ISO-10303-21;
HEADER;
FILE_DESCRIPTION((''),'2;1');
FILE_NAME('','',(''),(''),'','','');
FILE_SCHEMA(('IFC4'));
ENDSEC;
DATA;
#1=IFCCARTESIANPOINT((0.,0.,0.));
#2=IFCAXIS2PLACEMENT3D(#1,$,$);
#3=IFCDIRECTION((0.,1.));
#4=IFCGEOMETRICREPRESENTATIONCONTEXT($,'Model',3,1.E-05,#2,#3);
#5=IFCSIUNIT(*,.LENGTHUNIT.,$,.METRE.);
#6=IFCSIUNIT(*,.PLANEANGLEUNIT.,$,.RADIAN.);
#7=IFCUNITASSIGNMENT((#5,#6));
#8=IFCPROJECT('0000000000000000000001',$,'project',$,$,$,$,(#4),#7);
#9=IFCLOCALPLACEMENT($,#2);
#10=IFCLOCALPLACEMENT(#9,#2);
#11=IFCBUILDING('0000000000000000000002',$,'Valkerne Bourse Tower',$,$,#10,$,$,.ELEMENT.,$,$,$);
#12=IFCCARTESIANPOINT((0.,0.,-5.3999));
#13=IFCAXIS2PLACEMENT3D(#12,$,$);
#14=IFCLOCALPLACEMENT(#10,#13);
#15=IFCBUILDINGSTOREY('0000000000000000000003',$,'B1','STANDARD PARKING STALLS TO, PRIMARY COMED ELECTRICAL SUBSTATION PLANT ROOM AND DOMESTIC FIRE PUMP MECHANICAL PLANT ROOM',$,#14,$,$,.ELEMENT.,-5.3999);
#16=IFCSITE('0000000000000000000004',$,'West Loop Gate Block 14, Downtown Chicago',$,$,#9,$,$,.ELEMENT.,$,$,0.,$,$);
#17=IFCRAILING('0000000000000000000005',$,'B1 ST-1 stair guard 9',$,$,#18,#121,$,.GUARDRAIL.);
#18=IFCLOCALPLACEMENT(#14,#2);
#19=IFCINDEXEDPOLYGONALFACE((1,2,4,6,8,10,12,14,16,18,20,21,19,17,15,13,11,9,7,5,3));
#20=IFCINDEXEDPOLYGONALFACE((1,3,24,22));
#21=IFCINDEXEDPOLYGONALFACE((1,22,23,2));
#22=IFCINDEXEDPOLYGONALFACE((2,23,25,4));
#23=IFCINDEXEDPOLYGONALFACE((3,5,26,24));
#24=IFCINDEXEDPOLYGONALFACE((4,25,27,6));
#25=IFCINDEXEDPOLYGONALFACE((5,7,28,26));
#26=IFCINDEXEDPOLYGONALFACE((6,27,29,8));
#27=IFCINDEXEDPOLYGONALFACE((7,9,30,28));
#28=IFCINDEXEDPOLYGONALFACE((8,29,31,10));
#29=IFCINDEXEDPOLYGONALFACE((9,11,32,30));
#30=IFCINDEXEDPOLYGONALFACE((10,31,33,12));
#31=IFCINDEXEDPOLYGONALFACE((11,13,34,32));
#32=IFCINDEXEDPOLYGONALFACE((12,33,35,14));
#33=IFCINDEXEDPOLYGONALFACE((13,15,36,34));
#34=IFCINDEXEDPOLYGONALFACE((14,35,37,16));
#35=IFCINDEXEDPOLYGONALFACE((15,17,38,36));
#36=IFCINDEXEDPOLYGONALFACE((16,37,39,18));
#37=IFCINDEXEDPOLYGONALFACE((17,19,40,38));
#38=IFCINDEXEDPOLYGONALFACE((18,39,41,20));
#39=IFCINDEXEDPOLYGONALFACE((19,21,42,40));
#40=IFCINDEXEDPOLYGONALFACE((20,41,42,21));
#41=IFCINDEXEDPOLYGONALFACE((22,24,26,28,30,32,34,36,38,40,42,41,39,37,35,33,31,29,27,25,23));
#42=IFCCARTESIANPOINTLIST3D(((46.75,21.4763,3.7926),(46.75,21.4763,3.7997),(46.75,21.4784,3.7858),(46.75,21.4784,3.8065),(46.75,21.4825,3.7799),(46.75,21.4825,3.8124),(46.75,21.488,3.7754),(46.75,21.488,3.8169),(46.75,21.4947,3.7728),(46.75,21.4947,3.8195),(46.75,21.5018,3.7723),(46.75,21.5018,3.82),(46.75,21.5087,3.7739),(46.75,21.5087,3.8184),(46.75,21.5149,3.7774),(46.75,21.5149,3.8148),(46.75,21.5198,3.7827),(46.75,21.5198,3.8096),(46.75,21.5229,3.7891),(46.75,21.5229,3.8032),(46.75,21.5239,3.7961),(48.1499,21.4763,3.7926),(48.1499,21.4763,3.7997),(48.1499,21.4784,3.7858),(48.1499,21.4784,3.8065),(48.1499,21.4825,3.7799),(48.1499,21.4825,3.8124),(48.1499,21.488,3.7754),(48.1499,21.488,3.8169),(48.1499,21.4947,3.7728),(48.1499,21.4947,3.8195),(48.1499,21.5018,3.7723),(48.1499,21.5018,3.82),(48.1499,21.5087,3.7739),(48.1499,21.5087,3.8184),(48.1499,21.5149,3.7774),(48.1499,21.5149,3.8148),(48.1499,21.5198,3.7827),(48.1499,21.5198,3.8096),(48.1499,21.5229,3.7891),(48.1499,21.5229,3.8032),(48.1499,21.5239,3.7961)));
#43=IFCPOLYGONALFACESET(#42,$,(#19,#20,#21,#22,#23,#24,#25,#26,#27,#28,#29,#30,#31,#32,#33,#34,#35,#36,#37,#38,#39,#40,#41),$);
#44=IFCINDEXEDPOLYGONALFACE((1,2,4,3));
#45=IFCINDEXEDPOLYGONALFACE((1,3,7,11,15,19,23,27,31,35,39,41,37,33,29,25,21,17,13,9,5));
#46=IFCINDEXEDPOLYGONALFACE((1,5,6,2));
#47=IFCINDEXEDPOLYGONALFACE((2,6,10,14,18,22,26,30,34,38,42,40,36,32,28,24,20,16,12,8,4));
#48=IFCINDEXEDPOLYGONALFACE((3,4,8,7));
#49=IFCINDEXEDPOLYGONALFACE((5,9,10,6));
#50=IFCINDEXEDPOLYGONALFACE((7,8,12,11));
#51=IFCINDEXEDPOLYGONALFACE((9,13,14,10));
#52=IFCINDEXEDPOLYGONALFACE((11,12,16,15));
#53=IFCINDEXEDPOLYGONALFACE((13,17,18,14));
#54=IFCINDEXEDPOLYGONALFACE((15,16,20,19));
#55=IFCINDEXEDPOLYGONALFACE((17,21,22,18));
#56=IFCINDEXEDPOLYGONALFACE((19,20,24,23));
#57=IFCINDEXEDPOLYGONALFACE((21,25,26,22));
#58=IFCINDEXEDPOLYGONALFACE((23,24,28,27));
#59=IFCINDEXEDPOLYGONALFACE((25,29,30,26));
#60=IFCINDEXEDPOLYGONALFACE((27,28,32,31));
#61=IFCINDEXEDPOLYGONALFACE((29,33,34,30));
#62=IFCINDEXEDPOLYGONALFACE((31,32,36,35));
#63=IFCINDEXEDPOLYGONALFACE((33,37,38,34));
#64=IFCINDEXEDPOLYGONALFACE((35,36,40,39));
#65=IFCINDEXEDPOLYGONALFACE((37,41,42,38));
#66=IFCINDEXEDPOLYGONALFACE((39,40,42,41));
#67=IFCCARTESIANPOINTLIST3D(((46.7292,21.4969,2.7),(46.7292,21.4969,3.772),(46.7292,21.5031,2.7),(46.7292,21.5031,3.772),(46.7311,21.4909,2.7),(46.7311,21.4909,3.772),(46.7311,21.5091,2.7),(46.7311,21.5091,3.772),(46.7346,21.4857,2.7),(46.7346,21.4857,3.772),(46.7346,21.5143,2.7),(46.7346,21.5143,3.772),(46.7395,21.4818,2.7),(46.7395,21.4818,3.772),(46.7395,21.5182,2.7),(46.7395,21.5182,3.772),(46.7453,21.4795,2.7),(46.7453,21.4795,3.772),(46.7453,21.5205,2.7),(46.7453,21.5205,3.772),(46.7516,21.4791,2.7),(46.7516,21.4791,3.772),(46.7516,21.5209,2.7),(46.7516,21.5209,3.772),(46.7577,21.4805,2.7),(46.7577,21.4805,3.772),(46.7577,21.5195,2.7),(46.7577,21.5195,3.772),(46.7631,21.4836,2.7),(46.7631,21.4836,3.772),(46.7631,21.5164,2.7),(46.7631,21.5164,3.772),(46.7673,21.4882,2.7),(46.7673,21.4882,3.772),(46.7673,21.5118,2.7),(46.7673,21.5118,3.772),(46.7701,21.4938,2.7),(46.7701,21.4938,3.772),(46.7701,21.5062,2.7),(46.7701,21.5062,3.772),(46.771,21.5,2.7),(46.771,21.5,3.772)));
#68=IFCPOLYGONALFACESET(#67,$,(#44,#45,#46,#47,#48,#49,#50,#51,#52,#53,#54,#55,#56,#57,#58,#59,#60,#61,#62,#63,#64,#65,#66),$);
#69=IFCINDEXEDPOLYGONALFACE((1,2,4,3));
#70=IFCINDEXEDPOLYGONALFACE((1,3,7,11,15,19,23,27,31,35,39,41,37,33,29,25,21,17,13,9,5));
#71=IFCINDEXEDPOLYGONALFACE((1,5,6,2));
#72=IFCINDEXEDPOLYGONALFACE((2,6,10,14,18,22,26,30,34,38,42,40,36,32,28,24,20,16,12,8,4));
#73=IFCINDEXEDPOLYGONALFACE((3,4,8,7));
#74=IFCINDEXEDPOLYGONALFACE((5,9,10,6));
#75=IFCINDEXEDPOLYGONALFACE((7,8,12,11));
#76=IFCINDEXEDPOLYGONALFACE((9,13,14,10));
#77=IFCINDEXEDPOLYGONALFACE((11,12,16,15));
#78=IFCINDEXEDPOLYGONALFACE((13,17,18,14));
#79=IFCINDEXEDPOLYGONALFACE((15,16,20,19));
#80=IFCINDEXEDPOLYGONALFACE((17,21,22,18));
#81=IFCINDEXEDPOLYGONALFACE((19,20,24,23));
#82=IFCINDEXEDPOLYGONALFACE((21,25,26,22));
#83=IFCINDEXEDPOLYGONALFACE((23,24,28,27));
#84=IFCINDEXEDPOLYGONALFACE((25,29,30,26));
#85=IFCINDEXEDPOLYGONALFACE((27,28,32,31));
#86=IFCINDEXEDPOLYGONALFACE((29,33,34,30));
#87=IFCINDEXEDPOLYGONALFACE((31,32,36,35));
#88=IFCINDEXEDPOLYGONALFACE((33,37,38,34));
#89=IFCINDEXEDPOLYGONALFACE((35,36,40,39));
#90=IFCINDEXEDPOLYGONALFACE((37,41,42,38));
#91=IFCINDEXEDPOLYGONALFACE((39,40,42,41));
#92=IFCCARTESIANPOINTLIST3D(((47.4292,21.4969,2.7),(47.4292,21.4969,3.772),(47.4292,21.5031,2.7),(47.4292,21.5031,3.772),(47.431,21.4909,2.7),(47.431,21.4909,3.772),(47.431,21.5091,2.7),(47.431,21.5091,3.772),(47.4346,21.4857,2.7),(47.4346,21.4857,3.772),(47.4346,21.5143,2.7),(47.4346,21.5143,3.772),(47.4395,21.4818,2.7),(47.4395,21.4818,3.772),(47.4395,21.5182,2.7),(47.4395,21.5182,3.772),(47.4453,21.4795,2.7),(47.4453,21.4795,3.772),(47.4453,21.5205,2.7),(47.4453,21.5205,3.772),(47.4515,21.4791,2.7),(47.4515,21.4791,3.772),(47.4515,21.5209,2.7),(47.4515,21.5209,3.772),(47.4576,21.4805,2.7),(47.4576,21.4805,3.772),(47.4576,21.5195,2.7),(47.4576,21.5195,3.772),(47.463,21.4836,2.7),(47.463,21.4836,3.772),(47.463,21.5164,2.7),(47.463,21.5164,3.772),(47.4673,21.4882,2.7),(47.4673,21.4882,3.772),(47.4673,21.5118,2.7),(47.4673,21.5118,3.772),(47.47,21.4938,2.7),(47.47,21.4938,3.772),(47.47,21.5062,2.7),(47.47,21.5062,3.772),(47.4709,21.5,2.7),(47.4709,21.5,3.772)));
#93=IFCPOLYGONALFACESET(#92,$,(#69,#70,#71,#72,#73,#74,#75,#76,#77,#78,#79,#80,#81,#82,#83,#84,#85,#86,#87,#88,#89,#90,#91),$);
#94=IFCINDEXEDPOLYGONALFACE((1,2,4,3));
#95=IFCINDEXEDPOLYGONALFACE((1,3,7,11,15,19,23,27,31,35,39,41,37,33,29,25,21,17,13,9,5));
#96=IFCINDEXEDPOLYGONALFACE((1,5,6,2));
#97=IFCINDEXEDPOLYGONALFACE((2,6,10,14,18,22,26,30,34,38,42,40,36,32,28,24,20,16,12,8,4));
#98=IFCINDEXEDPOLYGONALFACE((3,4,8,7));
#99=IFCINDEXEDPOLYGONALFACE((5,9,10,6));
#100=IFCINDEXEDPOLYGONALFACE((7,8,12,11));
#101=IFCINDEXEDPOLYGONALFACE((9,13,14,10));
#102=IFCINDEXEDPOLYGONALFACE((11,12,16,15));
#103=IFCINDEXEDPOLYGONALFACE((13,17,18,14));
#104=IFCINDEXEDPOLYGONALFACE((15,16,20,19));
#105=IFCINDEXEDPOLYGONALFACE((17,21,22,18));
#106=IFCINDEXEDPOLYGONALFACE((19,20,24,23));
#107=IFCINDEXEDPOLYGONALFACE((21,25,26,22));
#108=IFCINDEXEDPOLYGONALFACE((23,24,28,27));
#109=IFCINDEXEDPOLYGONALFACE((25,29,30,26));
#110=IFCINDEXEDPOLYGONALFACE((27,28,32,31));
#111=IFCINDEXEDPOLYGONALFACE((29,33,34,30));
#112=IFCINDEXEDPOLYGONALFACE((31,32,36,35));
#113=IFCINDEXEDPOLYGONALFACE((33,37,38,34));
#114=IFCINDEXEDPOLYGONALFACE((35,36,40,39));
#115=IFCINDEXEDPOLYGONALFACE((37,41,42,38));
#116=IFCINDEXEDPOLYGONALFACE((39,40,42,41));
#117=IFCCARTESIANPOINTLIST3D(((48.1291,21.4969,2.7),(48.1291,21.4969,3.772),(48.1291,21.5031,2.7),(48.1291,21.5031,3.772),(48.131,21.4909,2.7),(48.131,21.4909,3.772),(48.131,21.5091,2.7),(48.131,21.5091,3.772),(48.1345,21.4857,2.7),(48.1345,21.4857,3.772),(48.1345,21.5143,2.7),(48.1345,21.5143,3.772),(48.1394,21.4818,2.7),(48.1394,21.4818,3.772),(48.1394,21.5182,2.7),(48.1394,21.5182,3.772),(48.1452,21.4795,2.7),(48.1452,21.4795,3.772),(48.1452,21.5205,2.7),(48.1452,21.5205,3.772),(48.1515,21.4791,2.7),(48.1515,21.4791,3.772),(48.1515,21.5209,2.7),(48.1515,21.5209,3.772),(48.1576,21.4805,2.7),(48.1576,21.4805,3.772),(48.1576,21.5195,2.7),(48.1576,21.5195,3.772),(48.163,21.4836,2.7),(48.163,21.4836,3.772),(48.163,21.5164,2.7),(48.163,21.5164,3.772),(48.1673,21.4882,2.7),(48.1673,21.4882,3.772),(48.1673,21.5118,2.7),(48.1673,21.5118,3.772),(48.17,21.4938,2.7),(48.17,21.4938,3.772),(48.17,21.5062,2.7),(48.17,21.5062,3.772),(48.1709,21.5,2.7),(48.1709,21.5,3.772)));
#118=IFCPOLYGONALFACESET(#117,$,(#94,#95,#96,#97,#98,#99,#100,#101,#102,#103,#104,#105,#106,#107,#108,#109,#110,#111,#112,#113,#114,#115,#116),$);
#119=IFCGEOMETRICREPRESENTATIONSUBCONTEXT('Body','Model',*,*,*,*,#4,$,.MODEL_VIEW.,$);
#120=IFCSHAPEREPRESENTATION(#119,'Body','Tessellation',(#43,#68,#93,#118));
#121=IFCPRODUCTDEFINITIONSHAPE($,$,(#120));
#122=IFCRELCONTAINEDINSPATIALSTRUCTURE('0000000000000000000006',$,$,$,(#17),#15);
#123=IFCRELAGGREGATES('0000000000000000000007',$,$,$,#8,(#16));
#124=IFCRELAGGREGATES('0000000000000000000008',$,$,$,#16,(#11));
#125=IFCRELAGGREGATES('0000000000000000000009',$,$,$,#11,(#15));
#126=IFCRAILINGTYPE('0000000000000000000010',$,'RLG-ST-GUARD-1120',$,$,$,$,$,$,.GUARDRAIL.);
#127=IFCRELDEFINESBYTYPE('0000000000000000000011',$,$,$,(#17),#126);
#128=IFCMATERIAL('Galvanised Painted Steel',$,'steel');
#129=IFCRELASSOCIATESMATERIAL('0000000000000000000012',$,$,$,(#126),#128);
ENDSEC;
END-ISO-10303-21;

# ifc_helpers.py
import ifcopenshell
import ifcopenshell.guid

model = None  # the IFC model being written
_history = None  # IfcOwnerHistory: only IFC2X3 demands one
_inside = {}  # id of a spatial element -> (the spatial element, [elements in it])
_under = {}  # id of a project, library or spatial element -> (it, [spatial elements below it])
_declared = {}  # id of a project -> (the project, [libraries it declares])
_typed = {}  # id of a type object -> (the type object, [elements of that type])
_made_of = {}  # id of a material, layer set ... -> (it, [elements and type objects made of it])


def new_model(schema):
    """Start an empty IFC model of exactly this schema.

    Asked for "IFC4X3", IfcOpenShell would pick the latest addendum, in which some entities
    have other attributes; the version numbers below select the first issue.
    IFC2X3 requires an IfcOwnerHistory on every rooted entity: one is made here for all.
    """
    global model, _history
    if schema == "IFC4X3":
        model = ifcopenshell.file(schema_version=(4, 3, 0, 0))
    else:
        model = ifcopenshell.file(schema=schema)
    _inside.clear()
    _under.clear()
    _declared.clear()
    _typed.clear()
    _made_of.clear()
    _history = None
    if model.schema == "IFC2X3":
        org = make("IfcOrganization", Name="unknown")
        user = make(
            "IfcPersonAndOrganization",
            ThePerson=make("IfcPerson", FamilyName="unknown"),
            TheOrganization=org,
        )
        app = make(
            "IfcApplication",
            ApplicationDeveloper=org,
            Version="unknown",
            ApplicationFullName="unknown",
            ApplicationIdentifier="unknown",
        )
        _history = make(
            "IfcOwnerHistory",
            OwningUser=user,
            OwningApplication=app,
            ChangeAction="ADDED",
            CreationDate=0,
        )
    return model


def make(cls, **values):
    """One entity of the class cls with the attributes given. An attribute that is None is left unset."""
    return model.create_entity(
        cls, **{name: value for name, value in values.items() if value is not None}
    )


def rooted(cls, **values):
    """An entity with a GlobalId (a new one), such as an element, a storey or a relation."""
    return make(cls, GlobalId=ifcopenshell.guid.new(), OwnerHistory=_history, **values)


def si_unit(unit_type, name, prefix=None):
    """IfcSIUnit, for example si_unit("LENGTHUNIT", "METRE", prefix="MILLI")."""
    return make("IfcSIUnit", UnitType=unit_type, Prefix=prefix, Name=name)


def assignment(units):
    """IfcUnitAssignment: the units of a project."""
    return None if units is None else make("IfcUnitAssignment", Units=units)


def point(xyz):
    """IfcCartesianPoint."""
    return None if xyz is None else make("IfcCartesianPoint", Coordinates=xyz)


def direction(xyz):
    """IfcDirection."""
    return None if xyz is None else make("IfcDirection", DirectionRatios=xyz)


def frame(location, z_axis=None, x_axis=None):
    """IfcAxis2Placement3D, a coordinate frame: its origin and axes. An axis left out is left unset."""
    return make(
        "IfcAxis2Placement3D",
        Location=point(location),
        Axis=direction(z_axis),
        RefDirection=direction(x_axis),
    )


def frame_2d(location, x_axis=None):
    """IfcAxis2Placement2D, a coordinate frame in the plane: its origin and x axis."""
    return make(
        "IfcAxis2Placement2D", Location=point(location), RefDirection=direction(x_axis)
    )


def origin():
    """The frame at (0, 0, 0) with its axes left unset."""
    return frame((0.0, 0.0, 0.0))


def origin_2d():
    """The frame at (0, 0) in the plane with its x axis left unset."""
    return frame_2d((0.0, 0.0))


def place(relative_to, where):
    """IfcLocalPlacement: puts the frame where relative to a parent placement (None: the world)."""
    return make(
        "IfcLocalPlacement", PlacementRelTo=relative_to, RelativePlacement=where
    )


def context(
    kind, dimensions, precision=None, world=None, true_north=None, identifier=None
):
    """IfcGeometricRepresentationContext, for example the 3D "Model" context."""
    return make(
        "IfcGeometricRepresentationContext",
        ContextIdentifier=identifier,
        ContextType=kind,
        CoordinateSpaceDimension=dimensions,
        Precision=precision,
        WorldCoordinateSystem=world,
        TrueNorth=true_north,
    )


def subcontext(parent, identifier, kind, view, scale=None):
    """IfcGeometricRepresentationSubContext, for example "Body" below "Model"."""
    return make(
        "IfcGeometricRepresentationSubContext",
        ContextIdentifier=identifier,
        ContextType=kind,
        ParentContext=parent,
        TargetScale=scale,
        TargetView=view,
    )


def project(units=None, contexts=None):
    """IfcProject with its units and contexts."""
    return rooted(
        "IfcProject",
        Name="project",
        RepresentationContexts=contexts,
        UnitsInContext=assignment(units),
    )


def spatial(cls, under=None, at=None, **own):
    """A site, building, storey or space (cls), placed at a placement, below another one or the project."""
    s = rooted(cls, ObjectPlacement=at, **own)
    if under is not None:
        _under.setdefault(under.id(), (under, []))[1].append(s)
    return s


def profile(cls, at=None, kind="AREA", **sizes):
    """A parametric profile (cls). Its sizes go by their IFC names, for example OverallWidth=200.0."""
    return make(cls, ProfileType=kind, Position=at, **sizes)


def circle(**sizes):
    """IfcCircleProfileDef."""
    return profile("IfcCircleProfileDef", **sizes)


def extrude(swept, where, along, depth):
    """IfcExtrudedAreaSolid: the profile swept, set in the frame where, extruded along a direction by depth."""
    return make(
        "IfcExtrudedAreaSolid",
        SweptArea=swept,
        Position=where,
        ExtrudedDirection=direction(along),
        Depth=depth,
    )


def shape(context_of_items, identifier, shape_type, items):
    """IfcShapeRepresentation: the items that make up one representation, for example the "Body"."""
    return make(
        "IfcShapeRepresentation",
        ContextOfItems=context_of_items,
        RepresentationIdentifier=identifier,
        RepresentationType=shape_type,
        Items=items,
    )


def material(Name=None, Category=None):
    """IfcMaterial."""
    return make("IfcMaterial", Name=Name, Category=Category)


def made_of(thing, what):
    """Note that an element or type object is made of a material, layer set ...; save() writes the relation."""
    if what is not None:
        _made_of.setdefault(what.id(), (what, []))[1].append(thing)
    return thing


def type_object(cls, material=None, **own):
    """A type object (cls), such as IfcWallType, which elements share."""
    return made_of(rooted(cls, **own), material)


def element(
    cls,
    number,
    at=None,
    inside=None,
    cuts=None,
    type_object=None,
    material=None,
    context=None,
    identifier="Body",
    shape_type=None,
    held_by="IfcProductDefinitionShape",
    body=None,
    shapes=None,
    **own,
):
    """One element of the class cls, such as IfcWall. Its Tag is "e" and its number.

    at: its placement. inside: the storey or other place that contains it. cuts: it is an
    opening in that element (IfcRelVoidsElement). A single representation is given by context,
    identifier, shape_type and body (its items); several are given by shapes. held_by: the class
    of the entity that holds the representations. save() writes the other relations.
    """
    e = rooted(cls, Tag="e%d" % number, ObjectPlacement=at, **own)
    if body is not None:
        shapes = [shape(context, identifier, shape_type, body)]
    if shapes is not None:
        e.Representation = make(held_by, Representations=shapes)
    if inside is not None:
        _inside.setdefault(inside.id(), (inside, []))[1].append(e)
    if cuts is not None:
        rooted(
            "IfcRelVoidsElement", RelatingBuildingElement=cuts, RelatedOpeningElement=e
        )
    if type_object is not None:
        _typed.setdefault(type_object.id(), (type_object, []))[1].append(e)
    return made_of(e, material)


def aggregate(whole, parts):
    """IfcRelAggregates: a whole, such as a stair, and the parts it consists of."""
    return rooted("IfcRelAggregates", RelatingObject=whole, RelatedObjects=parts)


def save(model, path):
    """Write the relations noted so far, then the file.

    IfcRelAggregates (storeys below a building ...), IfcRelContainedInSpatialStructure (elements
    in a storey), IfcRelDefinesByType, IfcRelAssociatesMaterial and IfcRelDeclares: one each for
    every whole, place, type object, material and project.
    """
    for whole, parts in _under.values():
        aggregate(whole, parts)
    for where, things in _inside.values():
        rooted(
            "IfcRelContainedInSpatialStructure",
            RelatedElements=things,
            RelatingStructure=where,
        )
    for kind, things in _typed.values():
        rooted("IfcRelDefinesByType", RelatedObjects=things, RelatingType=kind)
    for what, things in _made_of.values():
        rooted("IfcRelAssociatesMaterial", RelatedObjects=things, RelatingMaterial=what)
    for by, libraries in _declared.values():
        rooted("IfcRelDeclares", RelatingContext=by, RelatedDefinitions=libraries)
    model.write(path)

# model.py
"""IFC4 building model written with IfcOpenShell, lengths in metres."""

from ifc_helpers import new_model, si_unit, direction, frame, origin, origin_2d, place, context, subcontext, project, spatial, circle, extrude, material, type_object, element, save


model = new_model("IFC4")

# Units and contexts
model_context = context("Model", 3, precision=1e-05, world=origin(), true_north=direction((0.0, 1.0)))
body_context = subcontext(model_context, "Body", "Model", "MODEL_VIEW")
ifc_project = project(units=[si_unit("LENGTHUNIT", "METRE"), si_unit("PLANEANGLEUNIT", "RADIAN")], contexts=[model_context])

# Site, building, storey
site_placement = place(None, origin())
site = spatial("IfcSite", under=ifc_project, at=site_placement, Name="West Loop Gate Block 14, Downtown Chicago", CompositionType="ELEMENT", RefElevation=0.0)
building_placement = place(site_placement, origin())
building = spatial("IfcBuilding", under=site, at=building_placement, Name="Valkerne Bourse Tower", CompositionType="ELEMENT")
storey_placement = place(building_placement, frame((0.0, 0.0, -5.3999)))
storey = spatial("IfcBuildingStorey", under=building, at=storey_placement, Name="B1", Description="STANDARD PARKING STALLS TO, PRIMARY COMED ELECTRICAL SUBSTATION PLANT ROOM AND DOMESTIC FIRE PUMP MECHANICAL PLANT ROOM", CompositionType="ELEMENT", Elevation=-5.3999)

# Shared definitions
ifc_material_1 = material(Name="Galvanised Painted Steel", Category="steel")

# Railing
railing_type_1 = type_object("IfcRailingType", Name="RLG-ST-GUARD-1120", PredefinedType="GUARDRAIL", material=ifc_material_1)
railing_1_placement = place(storey_placement, frame((46.75, 21.5, 2.7)))
element("IfcRailing", 1, at=railing_1_placement, inside=storey, type_object=railing_type_1, Name="B1 ST-1 stair guard 9", PredefinedType="GUARDRAIL", context=body_context, shape_type="SweptSolid", body=[
    extrude(circle(Radius=0.0239, at=origin_2d()), frame((0.0, 0.0, 1.0962), z_axis=(1.0, 0.0, 0.0), x_axis=(0.0, 1.0, 0.0)), (0.0, 0.0, 1.0), 1.3999),
    extrude(circle(Radius=0.021, at=origin_2d()), origin(), (0.0, 0.0, 1.0), 1.072),
    extrude(circle(Radius=0.021, at=origin_2d()), frame((0.7, 0.0, 0.0)), (0.0, 0.0, 1.0), 1.072),
    extrude(circle(Radius=0.021, at=origin_2d()), frame((1.3999, 0.0, 0.0)), (0.0, 0.0, 1.0), 1.072),
])

save(model, "model.ifc")
